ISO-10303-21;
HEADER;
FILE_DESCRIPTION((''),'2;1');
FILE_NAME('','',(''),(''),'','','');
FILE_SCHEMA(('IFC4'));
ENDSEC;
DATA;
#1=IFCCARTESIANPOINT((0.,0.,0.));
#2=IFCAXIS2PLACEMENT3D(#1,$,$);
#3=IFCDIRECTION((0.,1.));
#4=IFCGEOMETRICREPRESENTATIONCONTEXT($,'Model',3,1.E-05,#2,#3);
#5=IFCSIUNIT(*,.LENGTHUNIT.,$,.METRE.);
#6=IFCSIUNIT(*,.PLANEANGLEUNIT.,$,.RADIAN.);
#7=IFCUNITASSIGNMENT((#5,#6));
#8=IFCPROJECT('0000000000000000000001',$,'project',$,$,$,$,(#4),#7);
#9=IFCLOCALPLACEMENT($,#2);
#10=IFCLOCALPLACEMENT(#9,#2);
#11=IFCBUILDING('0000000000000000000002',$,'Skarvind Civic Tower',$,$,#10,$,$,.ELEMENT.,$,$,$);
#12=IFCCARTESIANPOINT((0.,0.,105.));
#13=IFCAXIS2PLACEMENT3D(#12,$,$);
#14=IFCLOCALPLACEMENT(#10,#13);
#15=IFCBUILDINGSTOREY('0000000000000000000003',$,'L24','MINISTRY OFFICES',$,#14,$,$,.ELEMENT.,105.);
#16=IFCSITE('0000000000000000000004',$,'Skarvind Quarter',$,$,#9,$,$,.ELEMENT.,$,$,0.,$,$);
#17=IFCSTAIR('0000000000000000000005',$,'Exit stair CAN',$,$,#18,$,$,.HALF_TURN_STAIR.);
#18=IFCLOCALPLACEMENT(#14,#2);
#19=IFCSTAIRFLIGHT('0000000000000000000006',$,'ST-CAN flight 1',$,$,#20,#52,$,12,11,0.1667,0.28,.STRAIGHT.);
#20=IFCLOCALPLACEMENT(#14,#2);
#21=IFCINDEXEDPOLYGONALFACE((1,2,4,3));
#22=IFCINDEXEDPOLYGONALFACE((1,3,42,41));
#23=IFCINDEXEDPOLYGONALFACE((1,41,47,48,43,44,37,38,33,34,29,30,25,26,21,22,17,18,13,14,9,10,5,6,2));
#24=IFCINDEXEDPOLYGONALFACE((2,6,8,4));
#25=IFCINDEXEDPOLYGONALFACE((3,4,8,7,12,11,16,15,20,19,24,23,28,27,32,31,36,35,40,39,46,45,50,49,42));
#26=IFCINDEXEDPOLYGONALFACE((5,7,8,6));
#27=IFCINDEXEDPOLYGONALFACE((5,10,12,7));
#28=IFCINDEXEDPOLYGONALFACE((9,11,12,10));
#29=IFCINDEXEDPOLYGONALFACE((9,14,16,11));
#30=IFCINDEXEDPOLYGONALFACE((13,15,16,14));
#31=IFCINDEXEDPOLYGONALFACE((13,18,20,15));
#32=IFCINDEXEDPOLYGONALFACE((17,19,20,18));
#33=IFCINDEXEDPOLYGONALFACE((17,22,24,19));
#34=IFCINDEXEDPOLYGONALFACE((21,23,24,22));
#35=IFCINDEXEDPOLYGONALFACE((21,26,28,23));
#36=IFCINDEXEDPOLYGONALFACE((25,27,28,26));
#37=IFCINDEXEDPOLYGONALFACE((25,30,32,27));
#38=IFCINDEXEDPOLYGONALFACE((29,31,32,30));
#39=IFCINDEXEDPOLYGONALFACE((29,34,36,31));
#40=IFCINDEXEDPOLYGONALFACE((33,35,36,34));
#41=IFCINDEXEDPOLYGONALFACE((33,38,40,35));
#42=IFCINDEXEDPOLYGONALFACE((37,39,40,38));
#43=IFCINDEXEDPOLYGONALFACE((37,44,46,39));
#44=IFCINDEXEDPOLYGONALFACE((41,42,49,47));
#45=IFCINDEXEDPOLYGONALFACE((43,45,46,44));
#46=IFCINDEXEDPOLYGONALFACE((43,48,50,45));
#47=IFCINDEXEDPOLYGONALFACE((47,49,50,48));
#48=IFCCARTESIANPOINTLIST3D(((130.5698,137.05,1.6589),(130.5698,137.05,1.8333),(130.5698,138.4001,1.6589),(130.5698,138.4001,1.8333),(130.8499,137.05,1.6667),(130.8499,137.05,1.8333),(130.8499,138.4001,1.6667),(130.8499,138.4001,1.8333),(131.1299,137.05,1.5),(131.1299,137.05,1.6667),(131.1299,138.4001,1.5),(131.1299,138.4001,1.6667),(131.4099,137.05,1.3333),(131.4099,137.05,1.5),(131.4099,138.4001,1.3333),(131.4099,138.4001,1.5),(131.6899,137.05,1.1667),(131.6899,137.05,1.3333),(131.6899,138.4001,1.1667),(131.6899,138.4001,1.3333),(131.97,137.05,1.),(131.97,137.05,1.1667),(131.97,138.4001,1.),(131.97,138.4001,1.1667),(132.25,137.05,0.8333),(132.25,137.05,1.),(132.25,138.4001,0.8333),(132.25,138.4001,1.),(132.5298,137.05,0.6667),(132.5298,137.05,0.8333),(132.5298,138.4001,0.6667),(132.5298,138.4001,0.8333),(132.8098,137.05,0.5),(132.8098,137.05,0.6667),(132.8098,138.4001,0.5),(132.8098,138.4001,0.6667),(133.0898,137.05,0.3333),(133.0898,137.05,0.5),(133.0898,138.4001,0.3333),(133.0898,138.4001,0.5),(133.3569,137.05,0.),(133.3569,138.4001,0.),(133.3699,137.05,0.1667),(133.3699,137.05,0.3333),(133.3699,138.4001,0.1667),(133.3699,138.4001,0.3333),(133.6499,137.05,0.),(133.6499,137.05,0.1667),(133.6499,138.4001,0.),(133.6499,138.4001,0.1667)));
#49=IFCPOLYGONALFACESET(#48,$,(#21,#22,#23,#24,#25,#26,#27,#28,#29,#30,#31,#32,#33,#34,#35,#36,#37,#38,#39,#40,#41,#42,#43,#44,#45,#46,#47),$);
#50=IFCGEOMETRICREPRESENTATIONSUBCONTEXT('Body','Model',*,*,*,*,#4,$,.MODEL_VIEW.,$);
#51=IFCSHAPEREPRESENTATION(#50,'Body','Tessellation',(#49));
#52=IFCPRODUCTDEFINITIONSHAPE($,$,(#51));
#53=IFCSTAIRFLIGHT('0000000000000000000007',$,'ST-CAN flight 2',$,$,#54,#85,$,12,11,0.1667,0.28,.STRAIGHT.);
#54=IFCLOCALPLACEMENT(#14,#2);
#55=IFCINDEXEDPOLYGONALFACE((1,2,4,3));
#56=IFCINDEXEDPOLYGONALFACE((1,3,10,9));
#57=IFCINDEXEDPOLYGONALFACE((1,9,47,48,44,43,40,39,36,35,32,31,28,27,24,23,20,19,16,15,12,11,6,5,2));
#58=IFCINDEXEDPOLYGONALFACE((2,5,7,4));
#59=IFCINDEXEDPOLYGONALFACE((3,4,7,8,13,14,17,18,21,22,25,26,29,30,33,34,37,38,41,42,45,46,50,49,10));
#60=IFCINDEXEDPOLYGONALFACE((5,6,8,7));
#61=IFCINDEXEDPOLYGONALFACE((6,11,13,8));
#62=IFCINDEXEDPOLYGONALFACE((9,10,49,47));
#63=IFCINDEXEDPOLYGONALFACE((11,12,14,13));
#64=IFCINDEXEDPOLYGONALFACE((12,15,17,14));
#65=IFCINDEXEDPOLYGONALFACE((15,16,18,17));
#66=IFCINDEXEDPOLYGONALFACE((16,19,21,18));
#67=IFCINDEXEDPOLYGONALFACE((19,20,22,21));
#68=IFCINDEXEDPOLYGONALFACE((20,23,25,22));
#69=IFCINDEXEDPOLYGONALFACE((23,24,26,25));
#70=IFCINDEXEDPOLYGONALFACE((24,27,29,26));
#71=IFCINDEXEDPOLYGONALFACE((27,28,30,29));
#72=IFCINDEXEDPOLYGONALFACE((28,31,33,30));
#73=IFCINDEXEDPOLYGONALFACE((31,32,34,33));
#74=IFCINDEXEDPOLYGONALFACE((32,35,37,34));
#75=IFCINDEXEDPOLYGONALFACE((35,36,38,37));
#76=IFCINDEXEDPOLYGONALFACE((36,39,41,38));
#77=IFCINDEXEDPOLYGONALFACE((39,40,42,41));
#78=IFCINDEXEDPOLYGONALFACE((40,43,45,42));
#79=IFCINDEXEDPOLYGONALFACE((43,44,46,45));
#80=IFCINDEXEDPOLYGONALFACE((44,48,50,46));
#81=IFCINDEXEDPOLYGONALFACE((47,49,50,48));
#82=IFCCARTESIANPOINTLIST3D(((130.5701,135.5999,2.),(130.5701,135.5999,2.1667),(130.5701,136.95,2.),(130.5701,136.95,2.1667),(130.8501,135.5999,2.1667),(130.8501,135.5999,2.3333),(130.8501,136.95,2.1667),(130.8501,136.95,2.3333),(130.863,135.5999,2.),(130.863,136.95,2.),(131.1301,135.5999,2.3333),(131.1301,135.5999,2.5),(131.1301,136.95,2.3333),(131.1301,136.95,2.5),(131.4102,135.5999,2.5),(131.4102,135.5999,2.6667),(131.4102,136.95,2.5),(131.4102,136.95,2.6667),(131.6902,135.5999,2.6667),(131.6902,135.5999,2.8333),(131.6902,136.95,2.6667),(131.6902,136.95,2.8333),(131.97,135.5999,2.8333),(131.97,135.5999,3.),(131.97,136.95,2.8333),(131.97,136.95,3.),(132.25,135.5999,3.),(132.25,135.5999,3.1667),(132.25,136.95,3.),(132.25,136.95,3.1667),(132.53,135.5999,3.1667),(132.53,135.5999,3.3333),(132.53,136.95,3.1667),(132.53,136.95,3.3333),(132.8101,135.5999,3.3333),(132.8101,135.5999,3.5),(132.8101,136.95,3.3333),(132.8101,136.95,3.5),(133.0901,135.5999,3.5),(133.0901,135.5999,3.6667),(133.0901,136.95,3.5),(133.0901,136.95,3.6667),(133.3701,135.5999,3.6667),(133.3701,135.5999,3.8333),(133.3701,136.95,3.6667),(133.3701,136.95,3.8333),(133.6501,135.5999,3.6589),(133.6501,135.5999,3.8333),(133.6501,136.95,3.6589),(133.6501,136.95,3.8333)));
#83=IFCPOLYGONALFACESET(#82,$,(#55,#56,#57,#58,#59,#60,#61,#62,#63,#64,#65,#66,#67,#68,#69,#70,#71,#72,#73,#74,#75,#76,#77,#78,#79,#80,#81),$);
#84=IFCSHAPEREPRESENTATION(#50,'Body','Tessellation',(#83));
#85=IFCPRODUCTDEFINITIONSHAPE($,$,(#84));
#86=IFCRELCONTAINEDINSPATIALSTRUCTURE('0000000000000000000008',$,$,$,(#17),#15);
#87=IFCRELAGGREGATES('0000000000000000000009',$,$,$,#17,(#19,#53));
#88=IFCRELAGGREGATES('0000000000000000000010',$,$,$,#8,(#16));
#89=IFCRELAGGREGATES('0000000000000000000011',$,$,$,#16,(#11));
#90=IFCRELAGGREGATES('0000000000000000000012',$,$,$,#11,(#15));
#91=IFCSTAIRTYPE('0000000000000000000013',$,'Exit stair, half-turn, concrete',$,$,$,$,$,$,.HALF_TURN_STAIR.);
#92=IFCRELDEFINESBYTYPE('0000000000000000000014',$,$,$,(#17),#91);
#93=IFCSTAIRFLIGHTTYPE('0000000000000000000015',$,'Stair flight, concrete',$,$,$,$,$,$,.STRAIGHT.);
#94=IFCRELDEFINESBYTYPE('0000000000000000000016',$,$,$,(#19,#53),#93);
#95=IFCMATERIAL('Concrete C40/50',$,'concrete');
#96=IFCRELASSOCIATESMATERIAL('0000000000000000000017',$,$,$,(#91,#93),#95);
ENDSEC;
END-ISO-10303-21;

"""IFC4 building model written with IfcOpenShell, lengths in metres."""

from ifc_helpers import new_model, si_unit, direction, frame, origin, place, context, subcontext, project, spatial, polyline, outline, extrude, material, type_object, element, aggregate, save


model = new_model("IFC4")

# Units and contexts
model_context = context("Model", 3, precision=1e-05, world=origin(), true_north=direction((0.0, 1.0)))
body_context = subcontext(model_context, "Body", "Model", "MODEL_VIEW")
ifc_project = project(units=[si_unit("LENGTHUNIT", "METRE"), si_unit("PLANEANGLEUNIT", "RADIAN")], contexts=[model_context])

# Site, building, storey
site_placement = place(None, origin())
site = spatial("IfcSite", under=ifc_project, at=site_placement, Name="Skarvind Quarter", CompositionType="ELEMENT", RefElevation=0.0)
building_placement = place(site_placement, origin())
building = spatial("IfcBuilding", under=site, at=building_placement, Name="Skarvind Civic Tower", CompositionType="ELEMENT")
storey_placement = place(building_placement, frame((0.0, 0.0, 105.0)))
storey = spatial("IfcBuildingStorey", under=building, at=storey_placement, Name="L24", Description="MINISTRY OFFICES", CompositionType="ELEMENT", Elevation=105.0)

# Stair, stair flights
ifc_material_1 = material(Name="Concrete C40/50", Category="concrete")
stair_type = type_object("IfcStairType", Name="Exit stair, half-turn, concrete", PredefinedType="HALF_TURN_STAIR", material=ifc_material_1)
stair_placement = place(storey_placement, origin())
stair = element("IfcStair", 1, at=stair_placement, inside=storey, type_object=stair_type, Name="Exit stair CAN", PredefinedType="HALF_TURN_STAIR")
stair_flight_type = type_object("IfcStairFlightType", Name="Stair flight, concrete", PredefinedType="STRAIGHT", material=ifc_material_1)
stair_flight_1_placement = place(storey_placement, frame((133.6499, 137.7251, 0.0), z_axis=(0.0, 0.0, 1.0), x_axis=(-1.0, 0.0, 0.0)))
stair_flight_1 = element("IfcStairFlight", 2, at=stair_flight_1_placement, type_object=stair_flight_type, Name="ST-CAN flight 1", NumberOfRisers=12, NumberOfTreads=11, PredefinedType="STRAIGHT", RiserHeight=0.1667, TreadLength=0.28, context=body_context, shape_type="SweptSolid", body=[
    extrude(outline(polyline([(0.0, 0.0), (0.0, 0.1667), (0.28, 0.1667), (0.28, 0.3333), (0.5601, 0.3333), (0.5601, 0.5), (0.8401, 0.5), (0.8401, 0.6667), (1.1201, 0.6667), (1.1201, 0.8333), (1.3999, 0.8333), (1.3999, 1.0), (1.6799, 1.0), (1.6799, 1.1667), (1.96, 1.1667), (1.96, 1.3333), (2.24, 1.3333), (2.24, 1.5), (2.52, 1.5), (2.52, 1.6667), (2.8, 1.6667), (2.8, 1.8333), (3.0801, 1.8333), (3.0801, 2.0), (3.0801, 1.6589), (0.293, 0.0), (0.0, 0.0)])), frame((0.0, 0.675, 0.0), z_axis=(0.0, -1.0, 0.0), x_axis=(1.0, 0.0, 0.0)), (0.0, 0.0, 1.0), 1.3501),
])
stair_flight_2_placement = place(storey_placement, frame((130.5701, 136.2749, 2.0), z_axis=(0.0, 0.0, 1.0), x_axis=(1.0, 0.0, 0.0)))
stair_flight_2 = element("IfcStairFlight", 3, at=stair_flight_2_placement, type_object=stair_flight_type, Name="ST-CAN flight 2", NumberOfRisers=12, NumberOfTreads=11, PredefinedType="STRAIGHT", RiserHeight=0.1667, TreadLength=0.28, context=body_context, shape_type="SweptSolid", body=[
    extrude(outline(polyline([(0.0, 0.0), (0.0, 0.1667), (0.28, 0.1667), (0.28, 0.3333), (0.5601, 0.3333), (0.5601, 0.5), (0.8401, 0.5), (0.8401, 0.6667), (1.1201, 0.6667), (1.1201, 0.8333), (1.3999, 0.8333), (1.3999, 1.0), (1.6799, 1.0), (1.6799, 1.1667), (1.96, 1.1667), (1.96, 1.3333), (2.24, 1.3333), (2.24, 1.5), (2.52, 1.5), (2.52, 1.6667), (2.8, 1.6667), (2.8, 1.8333), (3.0801, 1.8333), (3.0801, 2.0), (3.0801, 1.6589), (0.293, 0.0), (0.0, 0.0)])), frame((0.0, 0.675, 0.0), z_axis=(0.0, -1.0, 0.0), x_axis=(1.0, 0.0, 0.0)), (0.0, 0.0, 1.0), 1.3501),
])
aggregate(stair, [stair_flight_1, stair_flight_2])

save(model, "model.ifc")
